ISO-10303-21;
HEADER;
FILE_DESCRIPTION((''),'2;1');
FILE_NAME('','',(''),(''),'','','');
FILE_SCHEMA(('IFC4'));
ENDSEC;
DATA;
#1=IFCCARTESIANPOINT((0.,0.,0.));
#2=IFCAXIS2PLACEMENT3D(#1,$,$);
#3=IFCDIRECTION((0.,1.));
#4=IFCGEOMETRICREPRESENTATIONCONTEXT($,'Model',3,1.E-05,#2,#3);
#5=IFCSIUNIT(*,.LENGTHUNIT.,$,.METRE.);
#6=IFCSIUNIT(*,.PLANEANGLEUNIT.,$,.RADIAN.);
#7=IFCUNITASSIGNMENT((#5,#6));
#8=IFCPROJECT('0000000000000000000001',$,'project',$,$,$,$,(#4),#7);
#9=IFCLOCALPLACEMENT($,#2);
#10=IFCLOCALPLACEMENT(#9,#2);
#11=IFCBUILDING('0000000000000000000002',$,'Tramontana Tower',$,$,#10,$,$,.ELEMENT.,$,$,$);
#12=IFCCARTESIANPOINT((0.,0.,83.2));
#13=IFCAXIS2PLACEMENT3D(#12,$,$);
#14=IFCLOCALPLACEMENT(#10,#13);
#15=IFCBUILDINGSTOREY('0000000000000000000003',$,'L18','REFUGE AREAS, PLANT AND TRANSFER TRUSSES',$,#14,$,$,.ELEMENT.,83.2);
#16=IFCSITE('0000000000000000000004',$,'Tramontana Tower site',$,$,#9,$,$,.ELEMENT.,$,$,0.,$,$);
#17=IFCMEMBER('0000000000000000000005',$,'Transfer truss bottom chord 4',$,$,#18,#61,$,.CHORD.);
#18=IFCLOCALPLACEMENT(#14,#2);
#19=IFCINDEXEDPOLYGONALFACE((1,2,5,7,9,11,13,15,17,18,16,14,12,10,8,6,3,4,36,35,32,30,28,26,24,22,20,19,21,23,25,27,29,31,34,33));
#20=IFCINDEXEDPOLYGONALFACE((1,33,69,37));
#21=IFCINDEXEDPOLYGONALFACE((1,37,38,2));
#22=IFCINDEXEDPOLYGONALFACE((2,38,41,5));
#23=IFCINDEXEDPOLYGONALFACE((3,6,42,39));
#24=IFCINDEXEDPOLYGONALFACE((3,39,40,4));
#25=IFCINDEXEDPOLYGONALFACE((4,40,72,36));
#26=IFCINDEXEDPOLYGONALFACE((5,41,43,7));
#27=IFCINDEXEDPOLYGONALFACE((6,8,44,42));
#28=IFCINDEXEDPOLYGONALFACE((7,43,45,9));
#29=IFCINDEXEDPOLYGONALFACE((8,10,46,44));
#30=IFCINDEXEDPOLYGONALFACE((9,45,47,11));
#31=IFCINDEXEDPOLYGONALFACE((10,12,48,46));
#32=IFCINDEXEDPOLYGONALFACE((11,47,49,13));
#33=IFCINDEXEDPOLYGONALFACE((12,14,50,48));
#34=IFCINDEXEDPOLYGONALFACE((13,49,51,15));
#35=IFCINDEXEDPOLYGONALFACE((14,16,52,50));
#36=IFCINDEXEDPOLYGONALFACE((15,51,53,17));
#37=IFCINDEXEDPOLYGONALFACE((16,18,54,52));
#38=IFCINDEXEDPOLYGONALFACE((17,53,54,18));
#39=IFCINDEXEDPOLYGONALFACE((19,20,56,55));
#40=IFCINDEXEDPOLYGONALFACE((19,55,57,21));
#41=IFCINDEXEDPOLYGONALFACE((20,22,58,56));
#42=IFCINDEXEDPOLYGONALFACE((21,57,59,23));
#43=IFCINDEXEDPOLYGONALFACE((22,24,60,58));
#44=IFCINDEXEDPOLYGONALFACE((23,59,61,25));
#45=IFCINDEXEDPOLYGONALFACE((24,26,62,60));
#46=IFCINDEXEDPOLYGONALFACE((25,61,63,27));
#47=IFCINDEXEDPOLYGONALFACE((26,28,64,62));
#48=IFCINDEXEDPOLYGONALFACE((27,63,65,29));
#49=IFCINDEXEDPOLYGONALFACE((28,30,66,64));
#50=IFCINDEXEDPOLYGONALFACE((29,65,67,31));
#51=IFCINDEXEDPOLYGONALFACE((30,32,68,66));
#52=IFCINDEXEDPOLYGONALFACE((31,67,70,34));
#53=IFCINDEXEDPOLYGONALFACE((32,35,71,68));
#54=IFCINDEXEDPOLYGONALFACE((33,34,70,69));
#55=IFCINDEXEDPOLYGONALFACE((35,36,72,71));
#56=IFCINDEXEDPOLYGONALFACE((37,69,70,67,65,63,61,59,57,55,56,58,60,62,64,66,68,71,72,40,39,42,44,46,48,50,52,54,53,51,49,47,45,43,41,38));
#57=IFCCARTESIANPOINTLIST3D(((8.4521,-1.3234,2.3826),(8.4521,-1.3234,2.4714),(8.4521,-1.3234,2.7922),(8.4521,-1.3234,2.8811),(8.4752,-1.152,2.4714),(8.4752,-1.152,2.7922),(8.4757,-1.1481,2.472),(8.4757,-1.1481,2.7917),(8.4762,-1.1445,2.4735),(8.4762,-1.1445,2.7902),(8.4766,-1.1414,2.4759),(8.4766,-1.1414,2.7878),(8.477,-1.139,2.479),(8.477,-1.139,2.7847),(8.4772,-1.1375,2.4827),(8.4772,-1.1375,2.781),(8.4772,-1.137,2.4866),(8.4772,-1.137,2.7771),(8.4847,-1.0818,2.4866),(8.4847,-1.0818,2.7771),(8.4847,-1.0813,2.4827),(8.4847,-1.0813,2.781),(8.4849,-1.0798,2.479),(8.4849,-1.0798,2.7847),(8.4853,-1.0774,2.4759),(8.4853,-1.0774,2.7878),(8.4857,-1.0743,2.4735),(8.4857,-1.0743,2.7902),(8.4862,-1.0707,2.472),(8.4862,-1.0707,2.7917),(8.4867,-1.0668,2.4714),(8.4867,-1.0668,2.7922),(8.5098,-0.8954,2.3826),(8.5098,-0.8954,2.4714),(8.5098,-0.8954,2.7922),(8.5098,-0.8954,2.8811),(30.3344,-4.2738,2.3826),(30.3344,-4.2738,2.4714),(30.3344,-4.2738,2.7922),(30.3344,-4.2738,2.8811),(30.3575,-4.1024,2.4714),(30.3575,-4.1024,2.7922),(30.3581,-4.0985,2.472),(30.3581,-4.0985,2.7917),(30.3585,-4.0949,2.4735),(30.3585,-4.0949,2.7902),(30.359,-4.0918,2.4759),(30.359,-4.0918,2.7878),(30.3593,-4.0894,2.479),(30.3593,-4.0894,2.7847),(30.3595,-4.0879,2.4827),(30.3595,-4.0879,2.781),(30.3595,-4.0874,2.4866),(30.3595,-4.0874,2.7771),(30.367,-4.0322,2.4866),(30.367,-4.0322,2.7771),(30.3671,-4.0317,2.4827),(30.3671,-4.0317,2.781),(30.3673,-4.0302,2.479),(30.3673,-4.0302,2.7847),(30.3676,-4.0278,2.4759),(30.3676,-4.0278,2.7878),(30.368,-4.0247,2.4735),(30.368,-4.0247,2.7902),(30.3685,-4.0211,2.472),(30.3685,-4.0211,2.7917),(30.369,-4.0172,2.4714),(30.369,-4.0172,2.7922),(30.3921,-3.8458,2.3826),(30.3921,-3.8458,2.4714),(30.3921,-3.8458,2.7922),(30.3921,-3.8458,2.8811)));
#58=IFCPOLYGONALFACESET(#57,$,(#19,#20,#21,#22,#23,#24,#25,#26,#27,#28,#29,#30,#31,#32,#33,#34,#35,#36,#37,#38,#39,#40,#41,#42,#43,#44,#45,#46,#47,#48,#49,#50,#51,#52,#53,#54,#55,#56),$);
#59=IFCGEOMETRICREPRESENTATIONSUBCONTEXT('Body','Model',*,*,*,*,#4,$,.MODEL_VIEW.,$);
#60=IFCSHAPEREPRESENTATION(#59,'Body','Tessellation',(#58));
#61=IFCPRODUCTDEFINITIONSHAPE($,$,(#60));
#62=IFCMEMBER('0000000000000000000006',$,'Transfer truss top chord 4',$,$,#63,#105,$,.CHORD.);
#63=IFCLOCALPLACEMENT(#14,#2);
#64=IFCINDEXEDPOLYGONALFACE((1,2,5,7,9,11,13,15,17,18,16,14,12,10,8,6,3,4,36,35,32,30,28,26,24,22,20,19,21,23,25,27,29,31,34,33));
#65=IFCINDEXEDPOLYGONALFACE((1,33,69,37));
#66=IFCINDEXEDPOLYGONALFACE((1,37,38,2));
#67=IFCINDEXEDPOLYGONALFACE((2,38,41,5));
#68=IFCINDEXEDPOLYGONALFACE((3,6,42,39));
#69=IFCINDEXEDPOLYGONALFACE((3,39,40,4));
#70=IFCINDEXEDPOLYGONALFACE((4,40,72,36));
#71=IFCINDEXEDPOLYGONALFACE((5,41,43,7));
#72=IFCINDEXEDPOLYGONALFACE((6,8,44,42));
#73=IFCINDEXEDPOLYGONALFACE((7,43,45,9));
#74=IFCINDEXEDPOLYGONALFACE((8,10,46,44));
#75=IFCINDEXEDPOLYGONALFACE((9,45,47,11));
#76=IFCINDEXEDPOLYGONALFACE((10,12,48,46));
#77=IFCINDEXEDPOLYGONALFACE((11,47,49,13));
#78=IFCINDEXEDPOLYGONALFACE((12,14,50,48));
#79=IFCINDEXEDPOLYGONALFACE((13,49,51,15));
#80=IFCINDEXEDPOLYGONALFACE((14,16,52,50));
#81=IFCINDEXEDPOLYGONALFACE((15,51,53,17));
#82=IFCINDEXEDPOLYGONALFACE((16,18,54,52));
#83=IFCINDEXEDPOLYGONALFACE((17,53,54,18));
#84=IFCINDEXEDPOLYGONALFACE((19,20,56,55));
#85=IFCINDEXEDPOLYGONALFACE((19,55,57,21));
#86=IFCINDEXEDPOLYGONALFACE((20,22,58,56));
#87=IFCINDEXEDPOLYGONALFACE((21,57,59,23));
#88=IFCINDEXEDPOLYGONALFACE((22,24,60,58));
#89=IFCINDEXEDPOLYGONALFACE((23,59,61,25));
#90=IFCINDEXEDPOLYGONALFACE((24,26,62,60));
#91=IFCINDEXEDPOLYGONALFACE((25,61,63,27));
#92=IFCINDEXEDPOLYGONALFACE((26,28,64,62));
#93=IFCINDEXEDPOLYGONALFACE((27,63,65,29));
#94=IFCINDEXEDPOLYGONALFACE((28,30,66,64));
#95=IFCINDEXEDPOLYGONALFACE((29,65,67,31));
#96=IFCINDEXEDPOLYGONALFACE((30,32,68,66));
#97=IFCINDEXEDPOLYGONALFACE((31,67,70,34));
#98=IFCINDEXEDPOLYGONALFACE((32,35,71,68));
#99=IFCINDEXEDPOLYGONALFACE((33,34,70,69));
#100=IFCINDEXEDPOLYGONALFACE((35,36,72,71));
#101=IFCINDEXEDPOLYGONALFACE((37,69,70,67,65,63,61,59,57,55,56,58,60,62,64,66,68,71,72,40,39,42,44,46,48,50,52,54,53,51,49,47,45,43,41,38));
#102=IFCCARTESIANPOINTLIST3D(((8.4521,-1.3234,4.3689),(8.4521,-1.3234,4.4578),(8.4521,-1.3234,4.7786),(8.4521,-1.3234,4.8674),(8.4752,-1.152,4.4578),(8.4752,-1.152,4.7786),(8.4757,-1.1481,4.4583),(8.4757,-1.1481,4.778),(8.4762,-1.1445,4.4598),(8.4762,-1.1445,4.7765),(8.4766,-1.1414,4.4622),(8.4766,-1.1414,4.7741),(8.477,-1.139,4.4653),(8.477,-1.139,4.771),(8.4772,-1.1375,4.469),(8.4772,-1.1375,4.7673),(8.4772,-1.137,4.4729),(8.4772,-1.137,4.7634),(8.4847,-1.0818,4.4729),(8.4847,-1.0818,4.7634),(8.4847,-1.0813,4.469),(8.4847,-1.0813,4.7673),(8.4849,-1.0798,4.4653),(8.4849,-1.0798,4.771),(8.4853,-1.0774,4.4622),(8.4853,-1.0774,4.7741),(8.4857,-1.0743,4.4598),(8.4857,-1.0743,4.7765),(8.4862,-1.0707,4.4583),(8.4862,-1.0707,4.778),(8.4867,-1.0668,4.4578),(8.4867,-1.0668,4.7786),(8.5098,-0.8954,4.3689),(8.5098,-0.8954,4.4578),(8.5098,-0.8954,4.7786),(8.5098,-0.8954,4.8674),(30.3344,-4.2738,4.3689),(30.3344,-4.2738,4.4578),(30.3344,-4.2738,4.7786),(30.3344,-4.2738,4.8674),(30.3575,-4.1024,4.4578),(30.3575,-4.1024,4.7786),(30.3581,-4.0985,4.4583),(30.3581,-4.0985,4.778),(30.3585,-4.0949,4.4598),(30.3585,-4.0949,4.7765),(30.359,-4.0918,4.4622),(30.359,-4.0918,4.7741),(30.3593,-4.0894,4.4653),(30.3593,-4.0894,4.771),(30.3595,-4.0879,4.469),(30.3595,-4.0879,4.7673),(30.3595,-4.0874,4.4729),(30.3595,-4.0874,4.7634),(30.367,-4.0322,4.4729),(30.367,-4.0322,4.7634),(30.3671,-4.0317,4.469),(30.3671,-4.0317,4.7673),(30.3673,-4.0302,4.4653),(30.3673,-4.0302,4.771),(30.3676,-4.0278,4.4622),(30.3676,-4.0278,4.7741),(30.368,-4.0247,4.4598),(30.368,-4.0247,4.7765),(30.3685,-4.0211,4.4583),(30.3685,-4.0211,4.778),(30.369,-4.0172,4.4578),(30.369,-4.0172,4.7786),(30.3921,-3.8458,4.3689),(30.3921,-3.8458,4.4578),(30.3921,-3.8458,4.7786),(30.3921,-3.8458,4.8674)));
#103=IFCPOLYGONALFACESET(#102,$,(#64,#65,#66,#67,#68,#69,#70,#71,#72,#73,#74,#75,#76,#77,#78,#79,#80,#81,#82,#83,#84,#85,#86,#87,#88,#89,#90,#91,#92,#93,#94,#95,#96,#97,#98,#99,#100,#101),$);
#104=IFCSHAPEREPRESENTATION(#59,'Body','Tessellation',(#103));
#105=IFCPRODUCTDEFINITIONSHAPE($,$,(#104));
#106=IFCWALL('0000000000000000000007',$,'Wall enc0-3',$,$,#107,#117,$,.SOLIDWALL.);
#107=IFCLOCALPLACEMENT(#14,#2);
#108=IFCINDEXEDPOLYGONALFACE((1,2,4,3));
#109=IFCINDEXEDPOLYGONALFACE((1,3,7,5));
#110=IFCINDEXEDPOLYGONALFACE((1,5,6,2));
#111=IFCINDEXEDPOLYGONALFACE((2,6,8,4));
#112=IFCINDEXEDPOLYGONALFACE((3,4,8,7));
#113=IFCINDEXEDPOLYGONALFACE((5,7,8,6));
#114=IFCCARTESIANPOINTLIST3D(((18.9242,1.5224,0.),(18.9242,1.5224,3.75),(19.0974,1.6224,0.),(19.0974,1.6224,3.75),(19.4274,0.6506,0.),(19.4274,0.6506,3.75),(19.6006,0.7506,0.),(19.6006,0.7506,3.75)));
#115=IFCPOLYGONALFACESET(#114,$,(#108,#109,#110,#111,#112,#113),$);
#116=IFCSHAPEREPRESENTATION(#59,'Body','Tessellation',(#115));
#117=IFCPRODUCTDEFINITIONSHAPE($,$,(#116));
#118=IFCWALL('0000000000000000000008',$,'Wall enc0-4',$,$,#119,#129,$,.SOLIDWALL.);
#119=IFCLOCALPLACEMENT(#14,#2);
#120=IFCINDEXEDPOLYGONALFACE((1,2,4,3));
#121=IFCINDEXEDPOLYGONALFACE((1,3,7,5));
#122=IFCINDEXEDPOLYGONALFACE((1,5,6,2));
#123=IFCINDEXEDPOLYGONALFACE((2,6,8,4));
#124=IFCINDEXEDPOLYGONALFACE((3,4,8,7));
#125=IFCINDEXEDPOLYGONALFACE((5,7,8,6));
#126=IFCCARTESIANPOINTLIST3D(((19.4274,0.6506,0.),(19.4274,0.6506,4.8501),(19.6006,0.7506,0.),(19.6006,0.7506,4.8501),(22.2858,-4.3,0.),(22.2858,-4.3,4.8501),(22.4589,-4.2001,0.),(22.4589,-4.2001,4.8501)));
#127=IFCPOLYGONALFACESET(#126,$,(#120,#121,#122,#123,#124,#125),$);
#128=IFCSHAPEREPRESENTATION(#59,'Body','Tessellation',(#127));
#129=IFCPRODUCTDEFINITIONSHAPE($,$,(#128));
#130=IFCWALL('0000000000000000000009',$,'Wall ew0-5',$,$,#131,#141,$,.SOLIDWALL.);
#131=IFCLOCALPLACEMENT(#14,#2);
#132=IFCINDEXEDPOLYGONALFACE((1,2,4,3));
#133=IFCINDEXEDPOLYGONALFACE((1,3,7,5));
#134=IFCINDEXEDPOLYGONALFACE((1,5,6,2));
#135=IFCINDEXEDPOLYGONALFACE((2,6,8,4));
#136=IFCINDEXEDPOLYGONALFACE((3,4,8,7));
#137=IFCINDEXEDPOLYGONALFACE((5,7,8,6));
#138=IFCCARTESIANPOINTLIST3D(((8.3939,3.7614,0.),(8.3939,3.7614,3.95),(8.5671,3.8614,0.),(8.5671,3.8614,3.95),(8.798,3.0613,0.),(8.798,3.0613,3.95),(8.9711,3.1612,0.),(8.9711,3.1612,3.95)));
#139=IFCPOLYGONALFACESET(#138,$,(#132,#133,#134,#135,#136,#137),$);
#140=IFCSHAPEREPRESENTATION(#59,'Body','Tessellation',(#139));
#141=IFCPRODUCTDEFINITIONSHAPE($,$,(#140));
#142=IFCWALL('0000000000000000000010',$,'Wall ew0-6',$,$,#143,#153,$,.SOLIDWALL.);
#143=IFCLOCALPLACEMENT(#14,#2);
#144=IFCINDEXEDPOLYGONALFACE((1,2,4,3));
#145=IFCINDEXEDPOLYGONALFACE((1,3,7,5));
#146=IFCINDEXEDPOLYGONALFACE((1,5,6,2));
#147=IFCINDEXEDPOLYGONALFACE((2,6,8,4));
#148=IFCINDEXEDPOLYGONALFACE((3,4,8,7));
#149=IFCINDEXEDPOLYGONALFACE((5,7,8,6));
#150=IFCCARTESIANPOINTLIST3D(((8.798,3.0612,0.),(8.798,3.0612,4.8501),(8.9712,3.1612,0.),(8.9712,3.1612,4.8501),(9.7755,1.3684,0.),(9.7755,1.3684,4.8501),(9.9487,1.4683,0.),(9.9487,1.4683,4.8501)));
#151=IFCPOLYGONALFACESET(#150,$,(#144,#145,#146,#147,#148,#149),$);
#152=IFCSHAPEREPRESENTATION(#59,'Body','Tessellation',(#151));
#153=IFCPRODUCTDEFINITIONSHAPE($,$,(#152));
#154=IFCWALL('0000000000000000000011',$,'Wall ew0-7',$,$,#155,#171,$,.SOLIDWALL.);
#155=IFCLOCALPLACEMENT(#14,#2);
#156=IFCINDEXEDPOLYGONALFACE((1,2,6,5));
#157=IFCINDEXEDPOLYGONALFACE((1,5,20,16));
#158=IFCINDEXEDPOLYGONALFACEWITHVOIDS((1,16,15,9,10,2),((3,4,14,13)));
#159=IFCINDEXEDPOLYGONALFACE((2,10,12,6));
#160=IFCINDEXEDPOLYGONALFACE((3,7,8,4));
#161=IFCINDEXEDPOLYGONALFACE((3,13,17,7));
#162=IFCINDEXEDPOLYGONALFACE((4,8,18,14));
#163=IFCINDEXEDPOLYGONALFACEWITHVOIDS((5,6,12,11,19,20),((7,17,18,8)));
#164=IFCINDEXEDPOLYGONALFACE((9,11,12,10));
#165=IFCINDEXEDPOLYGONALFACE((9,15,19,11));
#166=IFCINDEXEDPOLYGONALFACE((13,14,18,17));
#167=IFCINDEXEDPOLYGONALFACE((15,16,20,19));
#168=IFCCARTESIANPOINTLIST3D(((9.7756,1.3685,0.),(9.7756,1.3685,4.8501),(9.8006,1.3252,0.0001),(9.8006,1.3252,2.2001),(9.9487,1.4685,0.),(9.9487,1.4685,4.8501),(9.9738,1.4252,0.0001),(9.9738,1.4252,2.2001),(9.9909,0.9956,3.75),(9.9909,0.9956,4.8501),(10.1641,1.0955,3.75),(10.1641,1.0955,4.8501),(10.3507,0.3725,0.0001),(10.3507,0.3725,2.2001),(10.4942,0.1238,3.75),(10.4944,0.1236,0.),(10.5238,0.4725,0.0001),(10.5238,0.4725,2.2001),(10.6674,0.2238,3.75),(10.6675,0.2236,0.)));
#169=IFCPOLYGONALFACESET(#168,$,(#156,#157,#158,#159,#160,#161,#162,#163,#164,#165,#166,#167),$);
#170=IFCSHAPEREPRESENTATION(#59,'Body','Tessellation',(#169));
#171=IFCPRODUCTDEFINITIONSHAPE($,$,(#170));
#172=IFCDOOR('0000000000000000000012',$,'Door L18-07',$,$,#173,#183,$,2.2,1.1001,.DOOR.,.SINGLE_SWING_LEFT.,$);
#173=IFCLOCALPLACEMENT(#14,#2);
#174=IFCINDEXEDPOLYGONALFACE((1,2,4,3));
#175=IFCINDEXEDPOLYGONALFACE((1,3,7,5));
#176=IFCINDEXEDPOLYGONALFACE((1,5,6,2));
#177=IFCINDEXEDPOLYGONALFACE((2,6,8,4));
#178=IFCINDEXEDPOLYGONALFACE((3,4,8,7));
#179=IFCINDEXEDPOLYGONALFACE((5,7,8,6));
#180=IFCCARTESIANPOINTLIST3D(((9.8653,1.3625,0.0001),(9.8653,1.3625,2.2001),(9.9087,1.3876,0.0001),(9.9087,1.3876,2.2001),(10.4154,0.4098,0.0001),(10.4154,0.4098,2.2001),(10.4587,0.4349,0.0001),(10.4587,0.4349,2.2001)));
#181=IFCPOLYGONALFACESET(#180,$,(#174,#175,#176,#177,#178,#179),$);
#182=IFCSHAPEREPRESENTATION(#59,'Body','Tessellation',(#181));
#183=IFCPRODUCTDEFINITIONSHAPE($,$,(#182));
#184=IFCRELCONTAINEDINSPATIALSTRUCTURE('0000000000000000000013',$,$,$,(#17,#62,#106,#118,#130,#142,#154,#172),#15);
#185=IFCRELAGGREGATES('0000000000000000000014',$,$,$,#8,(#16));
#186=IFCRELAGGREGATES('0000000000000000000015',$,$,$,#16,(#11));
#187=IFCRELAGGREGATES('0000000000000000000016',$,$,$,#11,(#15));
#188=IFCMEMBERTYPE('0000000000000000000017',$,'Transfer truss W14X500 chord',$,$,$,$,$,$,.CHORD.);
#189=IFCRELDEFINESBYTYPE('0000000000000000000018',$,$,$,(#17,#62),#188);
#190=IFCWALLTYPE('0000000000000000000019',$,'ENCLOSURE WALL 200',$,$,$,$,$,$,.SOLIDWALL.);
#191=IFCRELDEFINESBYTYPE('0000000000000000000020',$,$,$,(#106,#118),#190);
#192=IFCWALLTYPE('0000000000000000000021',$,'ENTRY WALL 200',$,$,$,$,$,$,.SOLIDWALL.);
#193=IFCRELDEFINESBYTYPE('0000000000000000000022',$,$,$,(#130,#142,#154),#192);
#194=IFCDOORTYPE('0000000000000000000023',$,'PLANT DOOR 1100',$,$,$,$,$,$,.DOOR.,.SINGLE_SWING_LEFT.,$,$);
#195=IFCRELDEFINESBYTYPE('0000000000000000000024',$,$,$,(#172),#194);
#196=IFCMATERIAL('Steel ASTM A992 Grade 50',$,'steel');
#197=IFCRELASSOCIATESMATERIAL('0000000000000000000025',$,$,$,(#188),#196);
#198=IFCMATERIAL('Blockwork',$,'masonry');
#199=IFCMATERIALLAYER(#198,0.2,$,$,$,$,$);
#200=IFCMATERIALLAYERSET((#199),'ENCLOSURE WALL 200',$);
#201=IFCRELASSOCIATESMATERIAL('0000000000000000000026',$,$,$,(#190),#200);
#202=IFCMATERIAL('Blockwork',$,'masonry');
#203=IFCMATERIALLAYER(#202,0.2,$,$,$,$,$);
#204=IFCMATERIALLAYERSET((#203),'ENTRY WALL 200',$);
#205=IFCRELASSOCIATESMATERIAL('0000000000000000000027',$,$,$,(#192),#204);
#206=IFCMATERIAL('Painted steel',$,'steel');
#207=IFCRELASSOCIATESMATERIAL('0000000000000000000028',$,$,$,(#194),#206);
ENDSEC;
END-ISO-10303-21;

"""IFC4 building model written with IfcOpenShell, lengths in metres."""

from ifc_helpers import new_model, si_unit, direction, frame, frame_2d, origin, origin_2d, place, context, subcontext, project, spatial, polyline, rectangle, i_section, outline, extrude, material, layer, layer_set, material_profile, profile_set, type_object, element, fill, save


model = new_model("IFC4")

# Units and contexts
model_context = context("Model", 3, precision=1e-05, world=origin(), true_north=direction((0.0, 1.0)))
body_context = subcontext(model_context, "Body", "Model", "MODEL_VIEW")
ifc_project = project(units=[si_unit("LENGTHUNIT", "METRE"), si_unit("PLANEANGLEUNIT", "RADIAN")], contexts=[model_context])

# Site, building, storey
site_placement = place(None, origin())
site = spatial("IfcSite", under=ifc_project, at=site_placement, Name="Tramontana Tower site", CompositionType="ELEMENT", RefElevation=0.0)
building_placement = place(site_placement, origin())
building = spatial("IfcBuilding", under=site, at=building_placement, Name="Tramontana Tower", CompositionType="ELEMENT")
storey_placement = place(building_placement, frame((0.0, 0.0, 83.2)))
storey = spatial("IfcBuildingStorey", under=building, at=storey_placement, Name="L18", Description="REFUGE AREAS, PLANT AND TRANSFER TRUSSES", CompositionType="ELEMENT", Elevation=83.2)

# Members
ifc_material_1 = material(Name="Steel ASTM A992 Grade 50", Category="steel")
ifc_material_profile_1 = material_profile(ifc_material_1, i_section(OverallWidth=0.4319, OverallDepth=0.4985, WebThickness=0.0557, FlangeThickness=0.0889, FilletRadius=0.0151, at=origin_2d()), Name="W14X500")
ifc_profile_set_1 = profile_set([ifc_material_profile_1], Name="Steel ASTM A992 Grade 50")
member_type_1 = type_object("IfcMemberType", Name="Transfer truss W14X500 chord", PredefinedType="CHORD", material=ifc_profile_set_1)
for number, where, z_axis, x_axis, name in (
    (1, (8.481, -1.1094, 2.6318), (0.991032, -0.133623, 0.0), (0.133623, 0.991032, 0.0), "Transfer truss bottom chord 4"),
    (2, (8.481, -1.1094, 4.6182), (0.991032, -0.133623, 0.0), (0.133623, 0.991032, 0.0), "Transfer truss top chord 4"),
):
    element("IfcMember", number, at=place(storey_placement, frame(where, z_axis=z_axis, x_axis=x_axis)), inside=storey, type_object=member_type_1, Name=name, PredefinedType="CHORD", context=body_context, shape_type="SweptSolid", body=[
        extrude(i_section(OverallWidth=0.4319, OverallDepth=0.4985, WebThickness=0.0557, FlangeThickness=0.0889, FilletRadius=0.0151, at=origin_2d()), origin(), (0.0, 0.0, 1.0), 22.0803),
    ])

# Walls
ifc_material_2 = material(Name="Blockwork", Category="masonry")
ifc_layer_1 = layer(ifc_material_2, 0.2)
ifc_layer_set_1 = layer_set([ifc_layer_1], Name="ENCLOSURE WALL 200")
wall_type_1 = type_object("IfcWallType", Name="ENCLOSURE WALL 200", PredefinedType="SOLIDWALL", material=ifc_layer_set_1)
wall_1_placement = place(storey_placement, frame((19.0107, 1.5725, 0.0), z_axis=(0.0, 0.0, 1.0), x_axis=(0.499869, -0.866101, 0.0)))
element("IfcWall", 3, at=wall_1_placement, inside=storey, type_object=wall_type_1, Name="Wall enc0-3", PredefinedType="SOLIDWALL", context=body_context, shape_type="SweptSolid", body=[
    extrude(rectangle(XDim=1.0066, YDim=0.2, at=frame_2d((0.5034, 0.0))), origin(), (0.0, 0.0, 1.0), 3.75),
])
wall_2_placement = place(storey_placement, frame((19.5139, 0.7007, 0.0), z_axis=(0.0, 0.0, 1.0), x_axis=(0.500016, -0.866016, 0.0)))
element("IfcWall", 4, at=wall_2_placement, inside=storey, type_object=wall_type_1, Name="Wall enc0-4", PredefinedType="SOLIDWALL", context=body_context, shape_type="SweptSolid", body=[
    extrude(rectangle(XDim=5.7166, YDim=0.2, at=frame_2d((2.8584, 0.0))), origin(), (0.0, 0.0, 1.0), 4.8501),
])
ifc_material_3 = material(Name="Blockwork", Category="masonry")
ifc_layer_2 = layer(ifc_material_3, 0.2)
ifc_layer_set_2 = layer_set([ifc_layer_2], Name="ENTRY WALL 200")
wall_type_2 = type_object("IfcWallType", Name="ENTRY WALL 200", PredefinedType="SOLIDWALL", material=ifc_layer_set_2)
wall_3_placement = place(storey_placement, frame((8.4805, 3.8115, 0.0), z_axis=(0.0, 0.0, 1.0), x_axis=(0.49981, -0.866135, 0.0)))
element("IfcWall", 5, at=wall_3_placement, inside=storey, type_object=wall_type_2, Name="Wall ew0-5", PredefinedType="SOLIDWALL", context=body_context, shape_type="SweptSolid", body=[
    extrude(rectangle(XDim=0.8083, YDim=0.2, at=frame_2d((0.4043, 0.0))), origin(), (0.0, 0.0, 1.0), 3.95),
])
wall_4_placement = place(storey_placement, frame((8.8845, 3.1113, 0.0), z_axis=(0.0, 0.0, 1.0), x_axis=(0.500061, -0.86599, 0.0)))
element("IfcWall", 6, at=wall_4_placement, inside=storey, type_object=wall_type_2, Name="Wall ew0-6", PredefinedType="SOLIDWALL", context=body_context, shape_type="SweptSolid", body=[
    extrude(rectangle(XDim=1.9548, YDim=0.2, at=frame_2d((0.9775, 0.0))), origin(), (0.0, 0.0, 1.0), 4.8501),
])

# Wall, opening, door
wall_5_placement = place(storey_placement, frame((9.8621, 1.4185, 0.0), z_axis=(0.0, 0.0, 1.0), x_axis=(0.500012, -0.866019, 0.0)))
wall_5 = element("IfcWall", 7, at=wall_5_placement, inside=storey, type_object=wall_type_2, Name="Wall ew0-7", PredefinedType="SOLIDWALL", context=body_context, shape_type="SweptSolid", body=[
    extrude(outline(polyline([(0.0, 0.0), (1.4375, 0.0), (1.4373, 3.75), (0.4307, 3.75), (0.4307, 4.8501), (0.0, 4.8501), (0.0, 0.0)])), frame((0.0, 0.1001, 0.0), z_axis=(0.0, -1.0, 0.0), x_axis=(1.0, 0.0, 0.0)), (0.0, 0.0, 1.0), 0.2),
])
opening_placement = place(wall_5_placement, frame((0.05, 0.0, 0.0)))
opening = element("IfcOpeningElement", 8, at=opening_placement, cuts=wall_5, PredefinedType="OPENING", context=body_context, shape_type="SweptSolid", body=[
    extrude(rectangle(XDim=1.1001, YDim=2.2, at=frame_2d((0.55, 1.1001))), frame((0.0, 0.1099, 0.0), z_axis=(0.0, -1.0, 0.0), x_axis=(1.0, 0.0, 0.0)), (0.0, 0.0, 1.0), 0.22),
])
ifc_material_4 = material(Name="Painted steel", Category="steel")
door_type = type_object("IfcDoorType", Name="PLANT DOOR 1100", OperationType="SINGLE_SWING_LEFT", PredefinedType="DOOR", material=ifc_material_4)
door_placement = place(opening_placement, origin())
door = element("IfcDoor", 9, at=door_placement, inside=storey, type_object=door_type, Name="Door L18-07", OperationType="SINGLE_SWING_LEFT", OverallHeight=2.2, OverallWidth=1.1001, PredefinedType="DOOR", context=body_context, shape_type="SweptSolid", body=[
    extrude(rectangle(XDim=1.1001, YDim=2.2, at=frame_2d((0.55, 1.1001))), frame((0.0, 0.0249, 0.0), z_axis=(0.0, -1.0, 0.0), x_axis=(1.0, 0.0, 0.0)), (0.0, 0.0, 1.0), 0.05),
])
fill(opening, door)

save(model, "model.ifc")
